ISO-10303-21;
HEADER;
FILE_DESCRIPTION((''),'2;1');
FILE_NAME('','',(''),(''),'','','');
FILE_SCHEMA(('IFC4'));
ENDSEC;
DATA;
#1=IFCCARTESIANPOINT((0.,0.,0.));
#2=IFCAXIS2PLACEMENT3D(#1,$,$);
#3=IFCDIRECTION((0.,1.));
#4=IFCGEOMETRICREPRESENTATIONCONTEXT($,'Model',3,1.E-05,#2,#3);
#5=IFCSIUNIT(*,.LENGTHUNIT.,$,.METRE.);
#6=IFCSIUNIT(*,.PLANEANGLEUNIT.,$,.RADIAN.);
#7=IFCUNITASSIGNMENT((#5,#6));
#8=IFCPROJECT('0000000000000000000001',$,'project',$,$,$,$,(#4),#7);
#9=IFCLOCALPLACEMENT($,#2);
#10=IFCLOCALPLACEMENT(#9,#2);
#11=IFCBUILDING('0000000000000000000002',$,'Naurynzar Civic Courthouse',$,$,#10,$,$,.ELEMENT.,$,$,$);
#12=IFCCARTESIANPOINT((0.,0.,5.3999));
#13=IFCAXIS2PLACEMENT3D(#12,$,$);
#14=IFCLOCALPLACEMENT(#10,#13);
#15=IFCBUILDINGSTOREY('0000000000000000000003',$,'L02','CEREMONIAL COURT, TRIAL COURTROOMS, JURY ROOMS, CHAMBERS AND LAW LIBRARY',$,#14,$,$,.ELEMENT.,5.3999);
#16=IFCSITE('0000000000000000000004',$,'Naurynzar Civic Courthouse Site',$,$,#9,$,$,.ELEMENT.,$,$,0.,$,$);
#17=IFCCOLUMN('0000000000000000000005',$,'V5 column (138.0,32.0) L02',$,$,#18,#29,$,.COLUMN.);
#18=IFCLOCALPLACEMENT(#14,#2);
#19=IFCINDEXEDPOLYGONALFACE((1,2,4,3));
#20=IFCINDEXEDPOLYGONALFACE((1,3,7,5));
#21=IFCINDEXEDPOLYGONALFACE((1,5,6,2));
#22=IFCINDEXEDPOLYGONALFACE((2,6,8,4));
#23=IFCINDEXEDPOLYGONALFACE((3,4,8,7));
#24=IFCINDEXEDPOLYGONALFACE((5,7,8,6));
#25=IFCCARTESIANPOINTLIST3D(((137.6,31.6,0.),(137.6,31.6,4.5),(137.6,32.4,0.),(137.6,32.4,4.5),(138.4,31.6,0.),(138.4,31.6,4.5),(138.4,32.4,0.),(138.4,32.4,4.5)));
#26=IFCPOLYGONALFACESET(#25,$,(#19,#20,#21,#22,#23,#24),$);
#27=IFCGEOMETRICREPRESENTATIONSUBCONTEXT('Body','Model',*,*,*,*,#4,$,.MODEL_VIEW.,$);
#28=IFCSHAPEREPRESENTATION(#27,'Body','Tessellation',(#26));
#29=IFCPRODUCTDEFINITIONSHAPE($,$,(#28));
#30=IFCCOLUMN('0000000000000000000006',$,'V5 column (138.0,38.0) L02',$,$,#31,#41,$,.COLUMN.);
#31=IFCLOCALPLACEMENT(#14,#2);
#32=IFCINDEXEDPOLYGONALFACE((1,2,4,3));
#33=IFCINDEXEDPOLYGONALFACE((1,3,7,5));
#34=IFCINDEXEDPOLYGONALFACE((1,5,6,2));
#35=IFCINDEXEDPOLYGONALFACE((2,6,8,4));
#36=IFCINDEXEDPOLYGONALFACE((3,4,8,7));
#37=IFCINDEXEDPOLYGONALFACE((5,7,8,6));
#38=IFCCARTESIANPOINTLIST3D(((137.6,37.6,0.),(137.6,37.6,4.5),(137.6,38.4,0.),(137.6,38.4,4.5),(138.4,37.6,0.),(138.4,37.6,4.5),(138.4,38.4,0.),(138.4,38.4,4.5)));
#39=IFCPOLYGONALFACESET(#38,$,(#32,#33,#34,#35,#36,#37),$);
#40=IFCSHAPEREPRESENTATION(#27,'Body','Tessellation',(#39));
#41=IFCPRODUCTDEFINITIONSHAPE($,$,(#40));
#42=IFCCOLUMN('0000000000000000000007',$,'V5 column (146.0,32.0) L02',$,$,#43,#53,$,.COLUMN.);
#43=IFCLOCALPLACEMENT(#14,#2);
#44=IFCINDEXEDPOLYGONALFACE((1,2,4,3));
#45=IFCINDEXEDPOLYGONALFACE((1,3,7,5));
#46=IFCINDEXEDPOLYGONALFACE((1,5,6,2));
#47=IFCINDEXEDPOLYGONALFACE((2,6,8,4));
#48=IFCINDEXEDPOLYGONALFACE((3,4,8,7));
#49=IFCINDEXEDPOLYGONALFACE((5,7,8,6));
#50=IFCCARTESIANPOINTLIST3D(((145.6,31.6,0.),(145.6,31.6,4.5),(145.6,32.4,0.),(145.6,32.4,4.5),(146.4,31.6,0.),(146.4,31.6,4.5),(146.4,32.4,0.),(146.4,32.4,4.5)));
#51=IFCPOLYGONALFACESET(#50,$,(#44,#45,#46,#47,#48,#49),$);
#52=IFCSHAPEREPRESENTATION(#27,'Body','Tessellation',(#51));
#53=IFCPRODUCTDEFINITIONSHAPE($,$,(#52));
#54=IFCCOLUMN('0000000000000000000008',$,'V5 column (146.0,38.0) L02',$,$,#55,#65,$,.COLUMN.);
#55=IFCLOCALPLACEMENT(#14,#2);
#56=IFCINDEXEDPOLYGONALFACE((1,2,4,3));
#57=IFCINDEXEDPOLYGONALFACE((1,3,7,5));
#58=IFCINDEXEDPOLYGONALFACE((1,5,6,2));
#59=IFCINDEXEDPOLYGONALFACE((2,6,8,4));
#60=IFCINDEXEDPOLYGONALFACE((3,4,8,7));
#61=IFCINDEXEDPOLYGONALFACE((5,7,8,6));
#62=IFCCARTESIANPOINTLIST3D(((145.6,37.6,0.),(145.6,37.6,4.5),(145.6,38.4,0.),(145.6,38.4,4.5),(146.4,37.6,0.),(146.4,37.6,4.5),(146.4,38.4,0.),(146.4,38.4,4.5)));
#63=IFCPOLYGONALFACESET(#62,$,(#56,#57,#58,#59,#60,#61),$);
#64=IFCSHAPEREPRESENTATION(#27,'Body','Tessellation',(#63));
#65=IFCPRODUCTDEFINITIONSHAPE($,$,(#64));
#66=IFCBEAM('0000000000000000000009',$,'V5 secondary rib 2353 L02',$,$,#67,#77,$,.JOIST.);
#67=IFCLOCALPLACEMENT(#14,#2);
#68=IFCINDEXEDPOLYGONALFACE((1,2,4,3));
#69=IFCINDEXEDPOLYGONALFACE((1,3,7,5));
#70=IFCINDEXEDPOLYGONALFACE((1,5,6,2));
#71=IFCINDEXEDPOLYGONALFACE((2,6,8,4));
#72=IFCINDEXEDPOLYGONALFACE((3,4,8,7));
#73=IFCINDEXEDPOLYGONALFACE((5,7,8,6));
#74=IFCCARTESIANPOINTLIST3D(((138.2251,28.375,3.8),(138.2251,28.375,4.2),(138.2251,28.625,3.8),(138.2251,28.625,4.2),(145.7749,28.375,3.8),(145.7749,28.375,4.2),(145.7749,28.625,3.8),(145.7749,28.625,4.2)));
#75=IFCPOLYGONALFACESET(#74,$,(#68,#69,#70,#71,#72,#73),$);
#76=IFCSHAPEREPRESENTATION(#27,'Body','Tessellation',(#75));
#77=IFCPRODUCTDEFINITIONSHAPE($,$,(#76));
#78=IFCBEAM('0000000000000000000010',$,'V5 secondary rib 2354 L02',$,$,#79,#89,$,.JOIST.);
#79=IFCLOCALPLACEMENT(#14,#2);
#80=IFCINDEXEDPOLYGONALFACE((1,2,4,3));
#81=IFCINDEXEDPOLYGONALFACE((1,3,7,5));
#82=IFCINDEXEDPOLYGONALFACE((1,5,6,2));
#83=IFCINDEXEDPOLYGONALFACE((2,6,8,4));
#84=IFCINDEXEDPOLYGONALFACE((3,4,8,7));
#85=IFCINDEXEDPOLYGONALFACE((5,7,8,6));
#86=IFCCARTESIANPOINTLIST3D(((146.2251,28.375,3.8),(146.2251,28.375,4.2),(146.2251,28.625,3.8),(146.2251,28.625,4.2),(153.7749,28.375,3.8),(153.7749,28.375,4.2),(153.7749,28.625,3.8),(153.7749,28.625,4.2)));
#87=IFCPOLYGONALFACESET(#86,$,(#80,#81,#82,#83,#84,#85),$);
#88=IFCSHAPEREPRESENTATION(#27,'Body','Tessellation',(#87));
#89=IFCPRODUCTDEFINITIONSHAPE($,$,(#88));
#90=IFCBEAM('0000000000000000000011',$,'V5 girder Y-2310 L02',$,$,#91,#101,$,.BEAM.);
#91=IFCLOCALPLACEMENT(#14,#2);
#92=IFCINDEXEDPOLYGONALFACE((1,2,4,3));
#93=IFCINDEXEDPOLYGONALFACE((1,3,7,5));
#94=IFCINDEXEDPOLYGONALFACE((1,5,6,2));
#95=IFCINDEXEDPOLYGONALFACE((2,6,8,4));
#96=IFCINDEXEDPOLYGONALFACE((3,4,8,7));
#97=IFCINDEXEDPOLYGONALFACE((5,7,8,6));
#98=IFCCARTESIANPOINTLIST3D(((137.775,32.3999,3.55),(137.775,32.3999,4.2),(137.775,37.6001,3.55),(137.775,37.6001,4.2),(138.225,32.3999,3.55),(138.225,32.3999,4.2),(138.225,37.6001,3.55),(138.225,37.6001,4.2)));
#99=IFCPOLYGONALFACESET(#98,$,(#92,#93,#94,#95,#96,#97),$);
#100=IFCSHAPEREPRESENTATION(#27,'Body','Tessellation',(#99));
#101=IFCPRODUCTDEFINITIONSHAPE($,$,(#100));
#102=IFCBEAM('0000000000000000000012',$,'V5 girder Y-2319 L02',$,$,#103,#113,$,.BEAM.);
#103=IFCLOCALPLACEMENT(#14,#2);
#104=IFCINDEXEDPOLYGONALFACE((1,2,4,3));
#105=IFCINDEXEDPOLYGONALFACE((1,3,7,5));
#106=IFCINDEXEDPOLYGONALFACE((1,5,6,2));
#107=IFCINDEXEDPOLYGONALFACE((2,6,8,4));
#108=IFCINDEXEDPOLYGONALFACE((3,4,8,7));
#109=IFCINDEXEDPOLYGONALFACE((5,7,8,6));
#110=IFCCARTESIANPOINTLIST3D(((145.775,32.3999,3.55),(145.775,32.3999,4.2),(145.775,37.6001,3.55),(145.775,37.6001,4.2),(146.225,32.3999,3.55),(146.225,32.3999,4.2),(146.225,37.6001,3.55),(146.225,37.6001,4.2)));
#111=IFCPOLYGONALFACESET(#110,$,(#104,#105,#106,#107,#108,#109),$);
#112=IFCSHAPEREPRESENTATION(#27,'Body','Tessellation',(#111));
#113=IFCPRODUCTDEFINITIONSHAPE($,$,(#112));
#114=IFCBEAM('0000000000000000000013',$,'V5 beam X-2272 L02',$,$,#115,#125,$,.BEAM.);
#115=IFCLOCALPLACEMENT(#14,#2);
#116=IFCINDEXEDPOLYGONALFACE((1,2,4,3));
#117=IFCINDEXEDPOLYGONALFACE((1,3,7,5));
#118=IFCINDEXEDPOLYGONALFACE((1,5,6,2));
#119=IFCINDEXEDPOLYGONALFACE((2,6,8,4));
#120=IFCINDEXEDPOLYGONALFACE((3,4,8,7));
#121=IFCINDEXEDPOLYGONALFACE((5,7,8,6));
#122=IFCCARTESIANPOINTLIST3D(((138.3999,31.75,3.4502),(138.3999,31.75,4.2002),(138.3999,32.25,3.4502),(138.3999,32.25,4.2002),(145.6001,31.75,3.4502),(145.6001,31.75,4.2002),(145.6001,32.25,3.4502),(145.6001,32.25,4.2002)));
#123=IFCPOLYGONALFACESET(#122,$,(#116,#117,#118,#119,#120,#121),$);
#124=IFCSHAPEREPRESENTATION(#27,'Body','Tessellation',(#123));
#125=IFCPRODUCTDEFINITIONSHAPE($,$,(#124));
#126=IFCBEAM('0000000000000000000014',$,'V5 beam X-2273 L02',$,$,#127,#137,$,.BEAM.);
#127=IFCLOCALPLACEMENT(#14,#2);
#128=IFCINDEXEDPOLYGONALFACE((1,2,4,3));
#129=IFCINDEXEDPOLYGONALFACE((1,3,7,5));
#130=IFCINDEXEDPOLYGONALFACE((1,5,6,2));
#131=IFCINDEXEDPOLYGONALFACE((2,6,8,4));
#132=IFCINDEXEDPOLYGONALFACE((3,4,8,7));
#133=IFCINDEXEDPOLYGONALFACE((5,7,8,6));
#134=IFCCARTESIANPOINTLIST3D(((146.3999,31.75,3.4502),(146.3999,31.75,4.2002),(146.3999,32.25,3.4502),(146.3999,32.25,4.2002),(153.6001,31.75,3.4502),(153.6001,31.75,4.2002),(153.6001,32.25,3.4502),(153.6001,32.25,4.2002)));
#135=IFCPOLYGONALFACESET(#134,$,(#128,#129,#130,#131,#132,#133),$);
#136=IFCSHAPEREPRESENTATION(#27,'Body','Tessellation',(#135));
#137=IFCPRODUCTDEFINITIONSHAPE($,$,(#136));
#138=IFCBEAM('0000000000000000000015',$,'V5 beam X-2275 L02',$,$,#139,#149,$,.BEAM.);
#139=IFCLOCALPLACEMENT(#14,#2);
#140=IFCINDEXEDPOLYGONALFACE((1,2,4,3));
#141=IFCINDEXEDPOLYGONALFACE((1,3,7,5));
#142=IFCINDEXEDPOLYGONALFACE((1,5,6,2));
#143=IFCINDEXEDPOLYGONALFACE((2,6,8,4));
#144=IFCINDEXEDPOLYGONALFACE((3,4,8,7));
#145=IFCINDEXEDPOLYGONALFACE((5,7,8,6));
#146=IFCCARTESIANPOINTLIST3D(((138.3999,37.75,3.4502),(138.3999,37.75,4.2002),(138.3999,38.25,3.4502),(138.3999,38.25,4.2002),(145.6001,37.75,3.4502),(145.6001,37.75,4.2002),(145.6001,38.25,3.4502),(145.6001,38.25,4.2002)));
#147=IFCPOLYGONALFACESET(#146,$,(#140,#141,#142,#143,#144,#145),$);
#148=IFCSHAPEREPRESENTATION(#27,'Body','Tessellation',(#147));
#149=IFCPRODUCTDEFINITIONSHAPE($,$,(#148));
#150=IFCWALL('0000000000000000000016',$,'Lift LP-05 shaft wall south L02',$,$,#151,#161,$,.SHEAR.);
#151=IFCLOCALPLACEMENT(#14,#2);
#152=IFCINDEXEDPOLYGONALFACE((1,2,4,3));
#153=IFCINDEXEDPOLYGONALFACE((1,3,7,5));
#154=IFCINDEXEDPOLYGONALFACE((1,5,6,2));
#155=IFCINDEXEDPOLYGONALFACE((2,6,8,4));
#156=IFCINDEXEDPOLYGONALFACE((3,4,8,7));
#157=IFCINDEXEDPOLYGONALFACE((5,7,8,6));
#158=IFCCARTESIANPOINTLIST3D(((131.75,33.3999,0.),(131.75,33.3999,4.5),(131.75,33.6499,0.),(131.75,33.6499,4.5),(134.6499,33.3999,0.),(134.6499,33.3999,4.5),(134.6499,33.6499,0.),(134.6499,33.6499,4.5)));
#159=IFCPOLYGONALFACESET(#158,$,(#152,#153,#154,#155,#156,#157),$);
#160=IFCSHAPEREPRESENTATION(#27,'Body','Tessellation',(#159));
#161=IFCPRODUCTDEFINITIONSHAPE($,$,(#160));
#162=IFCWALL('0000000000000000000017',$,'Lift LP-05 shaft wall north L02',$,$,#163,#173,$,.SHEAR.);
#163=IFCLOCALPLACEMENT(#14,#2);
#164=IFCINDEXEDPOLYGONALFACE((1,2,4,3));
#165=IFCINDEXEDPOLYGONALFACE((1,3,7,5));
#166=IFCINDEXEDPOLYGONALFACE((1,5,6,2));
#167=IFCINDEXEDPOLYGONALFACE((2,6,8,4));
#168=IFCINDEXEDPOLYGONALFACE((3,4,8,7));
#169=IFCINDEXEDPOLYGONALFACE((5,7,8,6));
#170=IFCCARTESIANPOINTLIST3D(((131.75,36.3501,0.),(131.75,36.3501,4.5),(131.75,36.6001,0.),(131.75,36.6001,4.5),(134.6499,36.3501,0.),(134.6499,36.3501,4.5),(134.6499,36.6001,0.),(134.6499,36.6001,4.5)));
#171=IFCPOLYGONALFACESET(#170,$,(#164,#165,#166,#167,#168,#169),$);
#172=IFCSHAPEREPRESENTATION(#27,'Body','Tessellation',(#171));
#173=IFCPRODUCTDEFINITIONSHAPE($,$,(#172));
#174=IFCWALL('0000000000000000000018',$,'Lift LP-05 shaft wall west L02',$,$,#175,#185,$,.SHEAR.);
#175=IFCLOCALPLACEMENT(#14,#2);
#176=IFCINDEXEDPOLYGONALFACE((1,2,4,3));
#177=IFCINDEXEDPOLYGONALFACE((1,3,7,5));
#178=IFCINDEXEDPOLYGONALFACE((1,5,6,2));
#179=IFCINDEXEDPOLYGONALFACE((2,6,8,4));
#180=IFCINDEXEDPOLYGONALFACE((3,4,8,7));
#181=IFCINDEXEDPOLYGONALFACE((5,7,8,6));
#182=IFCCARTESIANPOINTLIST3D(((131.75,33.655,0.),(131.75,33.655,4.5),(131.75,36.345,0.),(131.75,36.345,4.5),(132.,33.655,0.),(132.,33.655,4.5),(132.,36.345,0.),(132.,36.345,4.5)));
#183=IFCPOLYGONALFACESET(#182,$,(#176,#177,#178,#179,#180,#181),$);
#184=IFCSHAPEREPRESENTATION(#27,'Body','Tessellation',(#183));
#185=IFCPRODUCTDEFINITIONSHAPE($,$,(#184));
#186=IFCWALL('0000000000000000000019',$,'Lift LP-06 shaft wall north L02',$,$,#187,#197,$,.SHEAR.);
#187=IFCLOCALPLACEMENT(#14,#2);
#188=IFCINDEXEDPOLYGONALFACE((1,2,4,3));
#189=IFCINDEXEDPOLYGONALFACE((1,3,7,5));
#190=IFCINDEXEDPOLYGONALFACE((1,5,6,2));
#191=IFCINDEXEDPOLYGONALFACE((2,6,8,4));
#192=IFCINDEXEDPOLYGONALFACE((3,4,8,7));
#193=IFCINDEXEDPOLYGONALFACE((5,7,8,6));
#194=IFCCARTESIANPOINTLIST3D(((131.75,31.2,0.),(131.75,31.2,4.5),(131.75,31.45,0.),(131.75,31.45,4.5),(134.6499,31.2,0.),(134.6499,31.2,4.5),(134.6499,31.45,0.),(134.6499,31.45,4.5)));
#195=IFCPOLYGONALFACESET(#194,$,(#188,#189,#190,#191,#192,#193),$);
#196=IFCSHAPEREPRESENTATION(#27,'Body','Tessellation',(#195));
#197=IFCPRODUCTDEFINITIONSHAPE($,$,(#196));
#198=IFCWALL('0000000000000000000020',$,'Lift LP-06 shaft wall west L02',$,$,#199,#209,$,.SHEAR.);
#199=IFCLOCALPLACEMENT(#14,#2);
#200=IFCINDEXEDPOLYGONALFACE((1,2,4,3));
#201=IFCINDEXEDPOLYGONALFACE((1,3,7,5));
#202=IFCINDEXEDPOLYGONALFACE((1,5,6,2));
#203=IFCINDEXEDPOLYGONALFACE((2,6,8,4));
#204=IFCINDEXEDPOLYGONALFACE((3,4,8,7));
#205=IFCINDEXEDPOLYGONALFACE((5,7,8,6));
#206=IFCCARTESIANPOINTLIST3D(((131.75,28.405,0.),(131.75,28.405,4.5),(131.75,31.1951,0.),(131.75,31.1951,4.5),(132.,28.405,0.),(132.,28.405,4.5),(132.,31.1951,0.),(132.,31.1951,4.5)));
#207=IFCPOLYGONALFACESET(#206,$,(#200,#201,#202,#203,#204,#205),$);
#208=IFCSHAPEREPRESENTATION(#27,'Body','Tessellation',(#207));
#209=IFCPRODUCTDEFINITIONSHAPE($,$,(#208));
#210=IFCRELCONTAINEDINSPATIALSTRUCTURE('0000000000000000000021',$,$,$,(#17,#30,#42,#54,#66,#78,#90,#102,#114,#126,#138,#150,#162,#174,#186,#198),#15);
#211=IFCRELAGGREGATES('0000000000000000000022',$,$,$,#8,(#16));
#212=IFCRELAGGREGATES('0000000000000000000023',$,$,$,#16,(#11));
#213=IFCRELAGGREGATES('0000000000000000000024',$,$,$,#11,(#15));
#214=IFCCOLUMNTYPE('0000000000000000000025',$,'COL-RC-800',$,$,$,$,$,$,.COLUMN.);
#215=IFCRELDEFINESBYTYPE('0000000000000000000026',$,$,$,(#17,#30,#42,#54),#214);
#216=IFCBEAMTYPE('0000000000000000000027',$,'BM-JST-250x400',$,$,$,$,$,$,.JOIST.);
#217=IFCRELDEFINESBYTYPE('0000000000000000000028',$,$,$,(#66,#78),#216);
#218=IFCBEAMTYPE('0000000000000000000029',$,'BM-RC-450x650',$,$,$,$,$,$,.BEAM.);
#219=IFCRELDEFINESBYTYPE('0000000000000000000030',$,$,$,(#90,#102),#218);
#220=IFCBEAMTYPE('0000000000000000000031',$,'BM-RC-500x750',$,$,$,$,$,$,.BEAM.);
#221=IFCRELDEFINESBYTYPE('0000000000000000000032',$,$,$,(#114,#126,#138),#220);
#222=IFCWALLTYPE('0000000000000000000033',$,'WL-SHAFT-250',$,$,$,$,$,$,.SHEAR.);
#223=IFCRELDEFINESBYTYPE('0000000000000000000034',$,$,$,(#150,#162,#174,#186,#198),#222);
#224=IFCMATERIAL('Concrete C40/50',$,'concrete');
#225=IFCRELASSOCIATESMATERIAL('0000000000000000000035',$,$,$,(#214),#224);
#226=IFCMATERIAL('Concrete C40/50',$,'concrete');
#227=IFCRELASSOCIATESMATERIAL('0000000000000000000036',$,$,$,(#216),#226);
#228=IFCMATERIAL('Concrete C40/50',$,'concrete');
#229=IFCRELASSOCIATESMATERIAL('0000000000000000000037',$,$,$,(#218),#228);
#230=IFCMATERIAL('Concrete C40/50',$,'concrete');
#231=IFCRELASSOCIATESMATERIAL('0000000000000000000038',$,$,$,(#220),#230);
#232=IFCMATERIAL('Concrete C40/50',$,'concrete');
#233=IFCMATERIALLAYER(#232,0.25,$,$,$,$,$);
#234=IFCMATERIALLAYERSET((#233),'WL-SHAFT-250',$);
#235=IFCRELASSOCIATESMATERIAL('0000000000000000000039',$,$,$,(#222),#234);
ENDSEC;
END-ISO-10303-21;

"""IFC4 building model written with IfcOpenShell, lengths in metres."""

from ifc_helpers import new_model, si_unit, direction, frame, frame_2d, origin, origin_2d, place, context, subcontext, project, spatial, rectangle, extrude, material, layer, layer_set, material_profile, profile_set, type_object, element, save


model = new_model("IFC4")

# Units and contexts
model_context = context("Model", 3, precision=1e-05, world=origin(), true_north=direction((0.0, 1.0)))
body_context = subcontext(model_context, "Body", "Model", "MODEL_VIEW")
ifc_project = project(units=[si_unit("LENGTHUNIT", "METRE"), si_unit("PLANEANGLEUNIT", "RADIAN")], contexts=[model_context])

# Site, building, storey
site_placement = place(None, origin())
site = spatial("IfcSite", under=ifc_project, at=site_placement, Name="Naurynzar Civic Courthouse Site", CompositionType="ELEMENT", RefElevation=0.0)
building_placement = place(site_placement, origin())
building = spatial("IfcBuilding", under=site, at=building_placement, Name="Naurynzar Civic Courthouse", CompositionType="ELEMENT")
storey_placement = place(building_placement, frame((0.0, 0.0, 5.3999)))
storey = spatial("IfcBuildingStorey", under=building, at=storey_placement, Name="L02", Description="CEREMONIAL COURT, TRIAL COURTROOMS, JURY ROOMS, CHAMBERS AND LAW LIBRARY", CompositionType="ELEMENT", Elevation=5.3999)

# Columns
ifc_material_1 = material(Name="Concrete C40/50", Category="concrete")
ifc_material_profile_1 = material_profile(ifc_material_1, rectangle(XDim=0.8, YDim=0.8, at=origin_2d()), Name="RC 800x800")
ifc_profile_set_1 = profile_set([ifc_material_profile_1], Name="Concrete C40/50")
column_type = type_object("IfcColumnType", Name="COL-RC-800", PredefinedType="COLUMN", material=ifc_profile_set_1)
for number, where, z_axis, x_axis, name in (
    (1, (138.0, 32.0, 0.0), (0.0, 0.0, 1.0), (1.0, 0.0, 0.0), "V5 column (138.0,32.0) L02"),
    (2, (138.0, 38.0, 0.0), (0.0, 0.0, 1.0), (1.0, 0.0, 0.0), "V5 column (138.0,38.0) L02"),
    (3, (146.0, 32.0, 0.0), (0.0, 0.0, 1.0), (1.0, 0.0, 0.0), "V5 column (146.0,32.0) L02"),
    (4, (146.0, 38.0, 0.0), (0.0, 0.0, 1.0), (1.0, 0.0, 0.0), "V5 column (146.0,38.0) L02"),
):
    element("IfcColumn", number, at=place(storey_placement, frame(where, z_axis=z_axis, x_axis=x_axis)), inside=storey, type_object=column_type, Name=name, PredefinedType="COLUMN", context=body_context, shape_type="SweptSolid", body=[
        extrude(rectangle(XDim=0.8, YDim=0.8, at=origin_2d()), origin(), (0.0, 0.0, 1.0), 4.5),
    ])

# Beams
ifc_material_2 = material(Name="Concrete C40/50", Category="concrete")
ifc_material_profile_2 = material_profile(ifc_material_2, rectangle(XDim=0.25, YDim=0.3999, at=origin_2d()), Name="RCB 250x400")
ifc_profile_set_2 = profile_set([ifc_material_profile_2], Name="Concrete C40/50")
beam_type_1 = type_object("IfcBeamType", Name="BM-JST-250x400", PredefinedType="JOIST", material=ifc_profile_set_2)
for number, where, z_axis, x_axis, name in (
    (5, (138.2251, 28.5, 4.0), (1.0, 0.0, 0.0), (0.0, 1.0, 0.0), "V5 secondary rib 2353 L02"),
    (6, (146.2251, 28.5, 4.0), (1.0, 0.0, 0.0), (0.0, 1.0, 0.0), "V5 secondary rib 2354 L02"),
):
    element("IfcBeam", number, at=place(storey_placement, frame(where, z_axis=z_axis, x_axis=x_axis)), inside=storey, type_object=beam_type_1, Name=name, PredefinedType="JOIST", context=body_context, shape_type="SweptSolid", body=[
        extrude(rectangle(XDim=0.25, YDim=0.3999, at=origin_2d()), origin(), (0.0, 0.0, 1.0), 7.5498),
    ])
ifc_material_3 = material(Name="Concrete C40/50", Category="concrete")
ifc_material_profile_3 = material_profile(ifc_material_3, rectangle(XDim=0.45, YDim=0.6499, at=origin_2d()), Name="RCB 450x650")
ifc_profile_set_3 = profile_set([ifc_material_profile_3], Name="Concrete C40/50")
beam_type_2 = type_object("IfcBeamType", Name="BM-RC-450x650", PredefinedType="BEAM", material=ifc_profile_set_3)
for number, where, z_axis, x_axis, name in (
    (7, (138.0, 32.3999, 3.875), (0.0, 1.0, 0.0), (-1.0, 0.0, 0.0), "V5 girder Y-2310 L02"),
    (8, (146.0, 32.3999, 3.875), (0.0, 1.0, 0.0), (-1.0, 0.0, 0.0), "V5 girder Y-2319 L02"),
):
    element("IfcBeam", number, at=place(storey_placement, frame(where, z_axis=z_axis, x_axis=x_axis)), inside=storey, type_object=beam_type_2, Name=name, PredefinedType="BEAM", context=body_context, shape_type="SweptSolid", body=[
        extrude(rectangle(XDim=0.45, YDim=0.6499, at=origin_2d()), origin(), (0.0, 0.0, 1.0), 5.2002),
    ])
ifc_material_4 = material(Name="Concrete C40/50", Category="concrete")
ifc_material_profile_4 = material_profile(ifc_material_4, rectangle(XDim=0.5, YDim=0.75, at=origin_2d()), Name="RCB 500x750")
ifc_profile_set_4 = profile_set([ifc_material_profile_4], Name="Concrete C40/50")
beam_type_3 = type_object("IfcBeamType", Name="BM-RC-500x750", PredefinedType="BEAM", material=ifc_profile_set_4)
for number, where, z_axis, x_axis, name in (
    (9, (138.3999, 32.0, 3.8252), (1.0, 0.0, 0.0), (0.0, 1.0, 0.0), "V5 beam X-2272 L02"),
    (10, (146.3999, 32.0, 3.8252), (1.0, 0.0, 0.0), (0.0, 1.0, 0.0), "V5 beam X-2273 L02"),
    (11, (138.3999, 38.0, 3.8252), (1.0, 0.0, 0.0), (0.0, 1.0, 0.0), "V5 beam X-2275 L02"),
):
    element("IfcBeam", number, at=place(storey_placement, frame(where, z_axis=z_axis, x_axis=x_axis)), inside=storey, type_object=beam_type_3, Name=name, PredefinedType="BEAM", context=body_context, shape_type="SweptSolid", body=[
        extrude(rectangle(XDim=0.5, YDim=0.75, at=origin_2d()), origin(), (0.0, 0.0, 1.0), 7.2002),
    ])

# Walls
ifc_material_5 = material(Name="Concrete C40/50", Category="concrete")
ifc_layer = layer(ifc_material_5, 0.25)
ifc_layer_set = layer_set([ifc_layer], Name="WL-SHAFT-250")
wall_type = type_object("IfcWallType", Name="WL-SHAFT-250", PredefinedType="SHEAR", material=ifc_layer_set)
for number, where, z_axis, x_axis, name in (
    (12, (131.75, 33.5249, 0.0), (0.0, 0.0, 1.0), (1.0, 0.0, 0.0), "Lift LP-05 shaft wall south L02"),
    (13, (134.6499, 36.4751, 0.0), (0.0, 0.0, 1.0), (-1.0, 0.0, 0.0), "Lift LP-05 shaft wall north L02"),
):
    element("IfcWall", number, at=place(storey_placement, frame(where, z_axis=z_axis, x_axis=x_axis)), inside=storey, type_object=wall_type, Name=name, PredefinedType="SHEAR", context=body_context, shape_type="SweptSolid", body=[
        extrude(rectangle(XDim=2.8999, YDim=0.25, at=frame_2d((1.45, 0.0))), origin(), (0.0, 0.0, 1.0), 4.5),
    ])
wall_1_placement = place(storey_placement, frame((131.875, 36.345, 0.0), z_axis=(0.0, 0.0, 1.0), x_axis=(0.0, -1.0, 0.0)))
element("IfcWall", 14, at=wall_1_placement, inside=storey, type_object=wall_type, Name="Lift LP-05 shaft wall west L02", PredefinedType="SHEAR", context=body_context, shape_type="SweptSolid", body=[
    extrude(rectangle(XDim=2.6899, YDim=0.25, at=frame_2d((1.345, 0.0))), origin(), (0.0, 0.0, 1.0), 4.5),
])

# Walls
wall_2_placement = place(storey_placement, frame((134.6499, 31.325, 0.0), z_axis=(0.0, 0.0, 1.0), x_axis=(-1.0, 0.0, 0.0)))
element("IfcWall", 15, at=wall_2_placement, inside=storey, type_object=wall_type, Name="Lift LP-06 shaft wall north L02", PredefinedType="SHEAR", context=body_context, shape_type="SweptSolid", body=[
    extrude(rectangle(XDim=2.8999, YDim=0.25, at=frame_2d((1.45, 0.0))), origin(), (0.0, 0.0, 1.0), 4.5),
])
wall_3_placement = place(storey_placement, frame((131.875, 31.1951, 0.0), z_axis=(0.0, 0.0, 1.0), x_axis=(0.0, -1.0, 0.0)))
element("IfcWall", 16, at=wall_3_placement, inside=storey, type_object=wall_type, Name="Lift LP-06 shaft wall west L02", PredefinedType="SHEAR", context=body_context, shape_type="SweptSolid", body=[
    extrude(rectangle(XDim=2.79, YDim=0.25, at=frame_2d((1.395, 0.0))), origin(), (0.0, 0.0, 1.0), 4.5),
])

save(model, "model.ifc")
